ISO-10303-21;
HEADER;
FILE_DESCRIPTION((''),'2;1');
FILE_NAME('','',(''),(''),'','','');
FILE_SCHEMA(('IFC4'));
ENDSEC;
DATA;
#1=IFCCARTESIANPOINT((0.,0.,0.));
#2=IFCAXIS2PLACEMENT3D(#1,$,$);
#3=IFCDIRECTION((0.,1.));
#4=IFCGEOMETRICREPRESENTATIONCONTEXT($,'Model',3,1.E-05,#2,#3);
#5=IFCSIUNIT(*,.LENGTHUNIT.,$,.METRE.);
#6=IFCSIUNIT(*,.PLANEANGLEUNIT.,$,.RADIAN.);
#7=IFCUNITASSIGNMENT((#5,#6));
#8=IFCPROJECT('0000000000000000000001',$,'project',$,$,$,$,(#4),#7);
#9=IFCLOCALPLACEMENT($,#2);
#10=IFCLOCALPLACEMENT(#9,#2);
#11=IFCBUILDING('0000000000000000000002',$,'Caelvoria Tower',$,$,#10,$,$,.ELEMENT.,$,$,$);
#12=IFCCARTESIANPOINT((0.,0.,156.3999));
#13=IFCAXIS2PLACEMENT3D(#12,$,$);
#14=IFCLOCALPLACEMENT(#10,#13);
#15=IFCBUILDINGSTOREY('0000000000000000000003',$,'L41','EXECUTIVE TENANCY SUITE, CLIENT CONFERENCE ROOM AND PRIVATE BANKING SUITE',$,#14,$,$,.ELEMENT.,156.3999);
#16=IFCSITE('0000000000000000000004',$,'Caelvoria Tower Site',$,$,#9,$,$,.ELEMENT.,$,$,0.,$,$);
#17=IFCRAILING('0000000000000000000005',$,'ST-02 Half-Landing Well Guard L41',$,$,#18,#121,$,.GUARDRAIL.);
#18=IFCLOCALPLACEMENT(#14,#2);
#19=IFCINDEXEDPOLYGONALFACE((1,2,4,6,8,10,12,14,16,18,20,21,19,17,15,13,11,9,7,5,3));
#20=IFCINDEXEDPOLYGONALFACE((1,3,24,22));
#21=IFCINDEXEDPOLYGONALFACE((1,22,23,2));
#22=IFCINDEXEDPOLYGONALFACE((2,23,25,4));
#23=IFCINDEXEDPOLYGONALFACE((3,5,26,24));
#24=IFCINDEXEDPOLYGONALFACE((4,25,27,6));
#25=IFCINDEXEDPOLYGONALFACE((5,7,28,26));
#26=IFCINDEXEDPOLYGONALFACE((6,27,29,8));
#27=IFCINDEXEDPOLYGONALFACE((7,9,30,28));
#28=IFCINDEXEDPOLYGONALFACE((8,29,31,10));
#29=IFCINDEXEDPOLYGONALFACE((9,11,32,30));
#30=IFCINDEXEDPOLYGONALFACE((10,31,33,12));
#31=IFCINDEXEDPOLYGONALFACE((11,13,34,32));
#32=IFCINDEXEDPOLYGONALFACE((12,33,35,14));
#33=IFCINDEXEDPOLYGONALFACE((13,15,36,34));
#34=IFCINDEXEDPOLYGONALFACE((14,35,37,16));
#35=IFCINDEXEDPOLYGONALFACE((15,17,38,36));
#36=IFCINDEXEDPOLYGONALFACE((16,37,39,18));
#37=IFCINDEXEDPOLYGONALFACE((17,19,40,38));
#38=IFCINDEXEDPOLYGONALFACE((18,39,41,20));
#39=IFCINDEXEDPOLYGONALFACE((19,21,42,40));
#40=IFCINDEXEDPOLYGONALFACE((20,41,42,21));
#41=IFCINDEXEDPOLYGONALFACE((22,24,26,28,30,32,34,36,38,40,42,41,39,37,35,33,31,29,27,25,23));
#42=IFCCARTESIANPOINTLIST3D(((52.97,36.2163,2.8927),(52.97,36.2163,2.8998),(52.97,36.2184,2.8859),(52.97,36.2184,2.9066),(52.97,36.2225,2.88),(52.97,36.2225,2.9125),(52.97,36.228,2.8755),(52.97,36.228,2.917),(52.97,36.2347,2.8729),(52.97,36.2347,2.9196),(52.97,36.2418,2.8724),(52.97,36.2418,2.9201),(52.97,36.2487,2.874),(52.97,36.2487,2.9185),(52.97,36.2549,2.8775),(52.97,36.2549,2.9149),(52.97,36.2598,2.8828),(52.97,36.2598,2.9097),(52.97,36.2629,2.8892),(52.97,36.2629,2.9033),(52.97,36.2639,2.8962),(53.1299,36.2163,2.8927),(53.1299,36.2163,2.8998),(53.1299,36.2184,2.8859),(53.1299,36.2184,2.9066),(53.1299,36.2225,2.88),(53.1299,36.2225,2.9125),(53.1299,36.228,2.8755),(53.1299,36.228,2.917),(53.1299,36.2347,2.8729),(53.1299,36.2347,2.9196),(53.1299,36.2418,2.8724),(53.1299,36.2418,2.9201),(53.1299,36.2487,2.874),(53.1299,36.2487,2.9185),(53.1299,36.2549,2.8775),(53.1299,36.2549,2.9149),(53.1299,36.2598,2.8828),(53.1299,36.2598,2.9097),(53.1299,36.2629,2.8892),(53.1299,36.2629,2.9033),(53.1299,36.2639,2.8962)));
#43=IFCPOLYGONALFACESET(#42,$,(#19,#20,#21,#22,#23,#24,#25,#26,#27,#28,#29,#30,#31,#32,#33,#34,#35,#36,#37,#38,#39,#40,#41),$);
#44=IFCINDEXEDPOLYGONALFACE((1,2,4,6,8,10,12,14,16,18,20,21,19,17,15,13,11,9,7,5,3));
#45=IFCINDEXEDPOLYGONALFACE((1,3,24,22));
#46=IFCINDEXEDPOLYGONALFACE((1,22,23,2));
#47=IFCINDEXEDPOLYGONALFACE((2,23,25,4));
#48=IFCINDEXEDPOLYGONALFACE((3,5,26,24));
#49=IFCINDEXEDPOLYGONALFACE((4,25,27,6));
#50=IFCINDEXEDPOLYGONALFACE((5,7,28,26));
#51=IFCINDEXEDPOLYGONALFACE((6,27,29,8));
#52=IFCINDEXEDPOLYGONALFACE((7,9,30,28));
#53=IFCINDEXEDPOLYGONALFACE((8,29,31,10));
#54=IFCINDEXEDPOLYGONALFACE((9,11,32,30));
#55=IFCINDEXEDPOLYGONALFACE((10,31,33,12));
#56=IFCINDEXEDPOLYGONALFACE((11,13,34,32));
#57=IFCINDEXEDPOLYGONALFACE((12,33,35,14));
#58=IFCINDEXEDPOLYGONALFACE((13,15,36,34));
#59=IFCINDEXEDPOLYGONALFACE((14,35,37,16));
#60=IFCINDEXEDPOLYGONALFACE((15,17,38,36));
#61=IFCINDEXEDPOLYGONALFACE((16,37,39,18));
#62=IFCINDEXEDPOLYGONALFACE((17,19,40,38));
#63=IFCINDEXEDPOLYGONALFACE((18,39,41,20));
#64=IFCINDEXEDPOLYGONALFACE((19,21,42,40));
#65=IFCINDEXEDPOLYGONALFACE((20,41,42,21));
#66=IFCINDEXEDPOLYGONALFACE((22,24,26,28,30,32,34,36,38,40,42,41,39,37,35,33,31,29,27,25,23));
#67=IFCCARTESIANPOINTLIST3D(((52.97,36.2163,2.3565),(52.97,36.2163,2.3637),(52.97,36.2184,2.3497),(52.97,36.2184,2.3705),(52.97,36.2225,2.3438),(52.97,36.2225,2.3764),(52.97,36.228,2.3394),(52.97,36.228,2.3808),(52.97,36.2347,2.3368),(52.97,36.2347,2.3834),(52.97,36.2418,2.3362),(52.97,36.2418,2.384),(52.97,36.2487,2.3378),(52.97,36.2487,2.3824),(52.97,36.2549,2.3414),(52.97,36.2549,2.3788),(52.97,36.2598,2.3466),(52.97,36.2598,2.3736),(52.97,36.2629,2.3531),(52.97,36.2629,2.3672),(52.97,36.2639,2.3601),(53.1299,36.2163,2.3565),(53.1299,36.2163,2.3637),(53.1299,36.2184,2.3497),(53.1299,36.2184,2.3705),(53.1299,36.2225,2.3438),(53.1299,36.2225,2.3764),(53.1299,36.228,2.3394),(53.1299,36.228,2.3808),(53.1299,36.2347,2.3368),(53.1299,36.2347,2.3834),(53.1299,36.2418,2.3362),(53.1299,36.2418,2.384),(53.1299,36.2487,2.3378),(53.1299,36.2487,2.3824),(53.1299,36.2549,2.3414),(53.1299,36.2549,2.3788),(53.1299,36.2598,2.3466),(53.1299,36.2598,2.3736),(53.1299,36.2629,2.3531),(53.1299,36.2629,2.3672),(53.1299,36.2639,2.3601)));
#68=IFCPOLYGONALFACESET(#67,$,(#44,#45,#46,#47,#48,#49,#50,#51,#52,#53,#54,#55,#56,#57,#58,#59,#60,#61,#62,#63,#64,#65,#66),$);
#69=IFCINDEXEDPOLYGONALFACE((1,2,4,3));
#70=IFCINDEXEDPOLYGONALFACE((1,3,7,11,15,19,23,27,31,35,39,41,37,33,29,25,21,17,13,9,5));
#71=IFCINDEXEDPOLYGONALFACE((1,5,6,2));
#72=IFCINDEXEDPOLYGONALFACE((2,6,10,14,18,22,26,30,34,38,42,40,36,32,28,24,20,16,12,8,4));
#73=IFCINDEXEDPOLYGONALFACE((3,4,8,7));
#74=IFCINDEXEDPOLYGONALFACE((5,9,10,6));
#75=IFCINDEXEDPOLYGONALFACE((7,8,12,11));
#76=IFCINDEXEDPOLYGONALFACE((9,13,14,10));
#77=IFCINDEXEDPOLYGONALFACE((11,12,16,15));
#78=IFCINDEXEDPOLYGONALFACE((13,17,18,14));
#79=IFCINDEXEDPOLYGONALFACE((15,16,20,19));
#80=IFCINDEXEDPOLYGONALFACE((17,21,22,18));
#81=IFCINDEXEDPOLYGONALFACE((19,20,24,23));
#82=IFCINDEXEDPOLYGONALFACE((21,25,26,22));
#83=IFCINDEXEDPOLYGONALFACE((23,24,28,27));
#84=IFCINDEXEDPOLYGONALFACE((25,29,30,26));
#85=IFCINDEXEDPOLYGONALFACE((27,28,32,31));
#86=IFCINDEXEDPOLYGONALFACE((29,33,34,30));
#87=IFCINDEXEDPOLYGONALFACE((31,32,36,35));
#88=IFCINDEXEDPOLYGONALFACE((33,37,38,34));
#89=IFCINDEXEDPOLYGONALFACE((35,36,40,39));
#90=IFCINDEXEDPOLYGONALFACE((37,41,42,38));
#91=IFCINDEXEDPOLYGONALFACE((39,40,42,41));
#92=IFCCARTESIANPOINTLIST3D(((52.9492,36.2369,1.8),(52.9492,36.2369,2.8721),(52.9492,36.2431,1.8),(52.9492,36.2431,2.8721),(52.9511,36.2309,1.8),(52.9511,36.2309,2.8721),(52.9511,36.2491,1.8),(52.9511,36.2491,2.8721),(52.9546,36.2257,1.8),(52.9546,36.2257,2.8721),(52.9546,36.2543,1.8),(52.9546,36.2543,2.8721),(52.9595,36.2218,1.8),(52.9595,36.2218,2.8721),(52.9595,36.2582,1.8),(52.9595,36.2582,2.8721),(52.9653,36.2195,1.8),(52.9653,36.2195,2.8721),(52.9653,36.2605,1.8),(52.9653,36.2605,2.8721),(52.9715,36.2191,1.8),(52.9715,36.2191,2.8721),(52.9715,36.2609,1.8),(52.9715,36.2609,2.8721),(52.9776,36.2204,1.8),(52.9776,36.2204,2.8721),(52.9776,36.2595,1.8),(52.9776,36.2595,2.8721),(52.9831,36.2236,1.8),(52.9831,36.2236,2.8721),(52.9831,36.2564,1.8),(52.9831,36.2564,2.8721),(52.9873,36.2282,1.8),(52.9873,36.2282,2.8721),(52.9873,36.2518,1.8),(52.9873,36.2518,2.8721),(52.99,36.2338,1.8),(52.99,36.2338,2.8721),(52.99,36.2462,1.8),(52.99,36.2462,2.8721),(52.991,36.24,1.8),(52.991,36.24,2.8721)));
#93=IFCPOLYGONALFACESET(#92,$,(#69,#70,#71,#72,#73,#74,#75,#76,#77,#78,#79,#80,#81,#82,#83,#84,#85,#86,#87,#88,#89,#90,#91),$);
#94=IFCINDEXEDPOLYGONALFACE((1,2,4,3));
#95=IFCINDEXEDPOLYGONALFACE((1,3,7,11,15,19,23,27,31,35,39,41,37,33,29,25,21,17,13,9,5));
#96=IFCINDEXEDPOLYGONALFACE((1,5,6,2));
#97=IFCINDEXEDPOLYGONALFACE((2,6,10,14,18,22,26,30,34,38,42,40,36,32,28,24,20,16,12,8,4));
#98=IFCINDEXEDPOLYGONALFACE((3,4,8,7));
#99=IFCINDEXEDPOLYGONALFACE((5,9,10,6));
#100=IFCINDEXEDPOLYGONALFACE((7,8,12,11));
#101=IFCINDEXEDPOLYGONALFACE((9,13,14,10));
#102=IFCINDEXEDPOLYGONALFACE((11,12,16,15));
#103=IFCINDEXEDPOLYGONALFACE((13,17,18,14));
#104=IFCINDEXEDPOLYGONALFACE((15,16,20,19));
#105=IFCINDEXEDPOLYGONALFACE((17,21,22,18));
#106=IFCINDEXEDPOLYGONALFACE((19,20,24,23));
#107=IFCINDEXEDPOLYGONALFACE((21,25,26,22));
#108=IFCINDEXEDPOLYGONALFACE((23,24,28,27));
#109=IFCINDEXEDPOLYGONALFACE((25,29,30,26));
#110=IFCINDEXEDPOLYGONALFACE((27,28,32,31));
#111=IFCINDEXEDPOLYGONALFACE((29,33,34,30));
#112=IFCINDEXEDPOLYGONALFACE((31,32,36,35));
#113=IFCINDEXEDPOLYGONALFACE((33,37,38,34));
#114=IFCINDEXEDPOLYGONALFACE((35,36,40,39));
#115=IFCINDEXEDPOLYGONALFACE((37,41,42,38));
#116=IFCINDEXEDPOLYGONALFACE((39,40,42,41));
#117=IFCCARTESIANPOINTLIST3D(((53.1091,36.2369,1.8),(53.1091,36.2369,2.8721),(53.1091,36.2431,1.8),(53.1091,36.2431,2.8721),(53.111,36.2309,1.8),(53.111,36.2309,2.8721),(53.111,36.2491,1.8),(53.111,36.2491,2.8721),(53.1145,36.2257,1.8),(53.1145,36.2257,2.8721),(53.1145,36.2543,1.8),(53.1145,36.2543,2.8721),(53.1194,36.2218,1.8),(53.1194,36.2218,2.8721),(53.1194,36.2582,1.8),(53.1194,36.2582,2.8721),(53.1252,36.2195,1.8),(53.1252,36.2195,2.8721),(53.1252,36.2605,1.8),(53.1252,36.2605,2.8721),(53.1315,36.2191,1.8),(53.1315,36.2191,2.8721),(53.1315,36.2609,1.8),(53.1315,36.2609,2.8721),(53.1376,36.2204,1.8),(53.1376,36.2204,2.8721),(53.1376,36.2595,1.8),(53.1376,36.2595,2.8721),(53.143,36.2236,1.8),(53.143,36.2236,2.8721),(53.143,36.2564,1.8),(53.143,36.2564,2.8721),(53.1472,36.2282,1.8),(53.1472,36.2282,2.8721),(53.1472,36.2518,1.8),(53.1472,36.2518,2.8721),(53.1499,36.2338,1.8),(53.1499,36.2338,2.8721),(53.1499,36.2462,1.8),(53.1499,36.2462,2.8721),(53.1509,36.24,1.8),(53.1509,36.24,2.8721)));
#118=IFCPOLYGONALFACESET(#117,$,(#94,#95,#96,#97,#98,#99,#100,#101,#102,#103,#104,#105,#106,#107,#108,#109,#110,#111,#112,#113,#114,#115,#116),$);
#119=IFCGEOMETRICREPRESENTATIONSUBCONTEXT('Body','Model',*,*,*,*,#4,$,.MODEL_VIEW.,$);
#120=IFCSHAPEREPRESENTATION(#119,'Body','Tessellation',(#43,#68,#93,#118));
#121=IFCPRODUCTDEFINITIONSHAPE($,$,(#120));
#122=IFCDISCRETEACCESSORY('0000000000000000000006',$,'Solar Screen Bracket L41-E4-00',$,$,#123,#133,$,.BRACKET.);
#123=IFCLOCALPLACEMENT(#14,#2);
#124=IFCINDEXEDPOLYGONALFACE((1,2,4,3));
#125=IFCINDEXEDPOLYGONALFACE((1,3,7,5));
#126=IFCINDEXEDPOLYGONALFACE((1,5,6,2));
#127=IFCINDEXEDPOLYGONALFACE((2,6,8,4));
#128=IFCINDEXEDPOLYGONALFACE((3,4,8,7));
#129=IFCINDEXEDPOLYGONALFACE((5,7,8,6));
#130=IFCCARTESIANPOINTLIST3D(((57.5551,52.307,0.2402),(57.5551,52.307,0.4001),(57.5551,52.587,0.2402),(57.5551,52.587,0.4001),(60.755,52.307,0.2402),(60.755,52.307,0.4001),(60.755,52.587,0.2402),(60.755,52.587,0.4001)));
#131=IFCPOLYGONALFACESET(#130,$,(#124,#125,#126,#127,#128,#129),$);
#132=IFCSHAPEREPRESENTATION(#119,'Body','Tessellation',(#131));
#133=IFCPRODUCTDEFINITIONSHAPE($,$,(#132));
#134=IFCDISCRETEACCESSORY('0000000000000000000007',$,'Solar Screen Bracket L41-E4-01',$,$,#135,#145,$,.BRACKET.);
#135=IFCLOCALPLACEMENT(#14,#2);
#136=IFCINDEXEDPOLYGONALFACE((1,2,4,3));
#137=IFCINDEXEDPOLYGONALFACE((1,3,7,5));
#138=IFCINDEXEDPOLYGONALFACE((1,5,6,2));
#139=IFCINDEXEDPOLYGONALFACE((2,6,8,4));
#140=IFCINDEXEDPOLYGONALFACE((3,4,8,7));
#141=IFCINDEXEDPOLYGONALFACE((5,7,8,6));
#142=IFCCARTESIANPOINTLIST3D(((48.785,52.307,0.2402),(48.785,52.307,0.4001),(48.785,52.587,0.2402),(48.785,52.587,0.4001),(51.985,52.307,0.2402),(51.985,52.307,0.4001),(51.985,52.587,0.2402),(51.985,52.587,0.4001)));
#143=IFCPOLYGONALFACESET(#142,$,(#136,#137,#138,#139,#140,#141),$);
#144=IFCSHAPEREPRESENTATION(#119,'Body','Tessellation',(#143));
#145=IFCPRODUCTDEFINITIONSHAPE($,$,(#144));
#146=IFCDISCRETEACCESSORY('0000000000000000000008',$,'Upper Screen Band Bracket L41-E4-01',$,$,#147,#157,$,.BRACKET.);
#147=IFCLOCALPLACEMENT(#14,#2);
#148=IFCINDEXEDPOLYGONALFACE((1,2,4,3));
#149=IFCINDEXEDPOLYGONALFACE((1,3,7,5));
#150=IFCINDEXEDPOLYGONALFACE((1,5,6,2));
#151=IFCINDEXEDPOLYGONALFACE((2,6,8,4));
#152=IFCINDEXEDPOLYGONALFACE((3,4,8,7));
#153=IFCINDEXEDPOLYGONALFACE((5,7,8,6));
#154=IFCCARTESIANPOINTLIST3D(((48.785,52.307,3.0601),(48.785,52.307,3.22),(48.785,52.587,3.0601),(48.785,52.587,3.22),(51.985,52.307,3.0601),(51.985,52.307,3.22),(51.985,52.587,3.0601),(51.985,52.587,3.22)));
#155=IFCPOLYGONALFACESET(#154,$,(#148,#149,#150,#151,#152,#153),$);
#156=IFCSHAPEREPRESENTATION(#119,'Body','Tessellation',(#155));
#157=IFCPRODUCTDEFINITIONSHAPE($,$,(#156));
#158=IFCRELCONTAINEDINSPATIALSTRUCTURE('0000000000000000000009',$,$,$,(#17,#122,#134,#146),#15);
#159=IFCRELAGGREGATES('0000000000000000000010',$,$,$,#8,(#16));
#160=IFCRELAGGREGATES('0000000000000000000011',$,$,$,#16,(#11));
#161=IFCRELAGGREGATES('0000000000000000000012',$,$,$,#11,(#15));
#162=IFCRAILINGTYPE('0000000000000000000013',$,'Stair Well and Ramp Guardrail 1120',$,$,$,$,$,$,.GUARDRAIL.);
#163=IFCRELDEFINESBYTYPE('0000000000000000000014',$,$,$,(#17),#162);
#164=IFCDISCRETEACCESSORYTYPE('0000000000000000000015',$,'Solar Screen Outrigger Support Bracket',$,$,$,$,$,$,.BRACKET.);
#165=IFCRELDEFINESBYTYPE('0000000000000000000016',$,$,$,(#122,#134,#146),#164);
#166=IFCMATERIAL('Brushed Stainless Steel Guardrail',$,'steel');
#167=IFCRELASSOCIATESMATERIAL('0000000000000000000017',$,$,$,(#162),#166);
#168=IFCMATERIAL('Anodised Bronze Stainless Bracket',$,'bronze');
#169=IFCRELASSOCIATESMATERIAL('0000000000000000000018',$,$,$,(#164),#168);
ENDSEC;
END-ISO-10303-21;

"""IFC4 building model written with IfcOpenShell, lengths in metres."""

from ifc_helpers import new_model, si_unit, direction, frame, origin, origin_2d, place, context, subcontext, project, spatial, rectangle, circle, extrude, material, type_object, element, save


model = new_model("IFC4")

# Units and contexts
model_context = context("Model", 3, precision=1e-05, world=origin(), true_north=direction((0.0, 1.0)))
body_context = subcontext(model_context, "Body", "Model", "MODEL_VIEW")
ifc_project = project(units=[si_unit("LENGTHUNIT", "METRE"), si_unit("PLANEANGLEUNIT", "RADIAN")], contexts=[model_context])

# Site, building, storey
site_placement = place(None, origin())
site = spatial("IfcSite", under=ifc_project, at=site_placement, Name="Caelvoria Tower Site", CompositionType="ELEMENT", RefElevation=0.0)
building_placement = place(site_placement, origin())
building = spatial("IfcBuilding", under=site, at=building_placement, Name="Caelvoria Tower", CompositionType="ELEMENT")
storey_placement = place(building_placement, frame((0.0, 0.0, 156.3999)))
storey = spatial("IfcBuildingStorey", under=building, at=storey_placement, Name="L41", Description="EXECUTIVE TENANCY SUITE, CLIENT CONFERENCE ROOM AND PRIVATE BANKING SUITE", CompositionType="ELEMENT", Elevation=156.3999)

# Railing
ifc_material_1 = material(Name="Brushed Stainless Steel Guardrail", Category="steel")
railing_type_1 = type_object("IfcRailingType", Name="Stair Well and Ramp Guardrail 1120", PredefinedType="GUARDRAIL", material=ifc_material_1)
railing_1_placement = place(storey_placement, frame((52.97, 36.24, 1.8)))
element("IfcRailing", 1, at=railing_1_placement, inside=storey, type_object=railing_type_1, Name="ST-02 Half-Landing Well Guard L41", PredefinedType="GUARDRAIL", context=body_context, shape_type="SweptSolid", body=[
    extrude(circle(Radius=0.0239, at=origin_2d()), frame((0.0, 0.0, 1.0962), z_axis=(1.0, 0.0, 0.0), x_axis=(0.0, 1.0, 0.0)), (0.0, 0.0, 1.0), 0.1599),
    extrude(circle(Radius=0.0239, at=origin_2d()), frame((0.0, 0.0, 0.5601), z_axis=(1.0, 0.0, 0.0), x_axis=(0.0, 1.0, 0.0)), (0.0, 0.0, 1.0), 0.1599),
    extrude(circle(Radius=0.021, at=origin_2d()), origin(), (0.0, 0.0, 1.0), 1.072),
    extrude(circle(Radius=0.021, at=origin_2d()), frame((0.1599, 0.0, 0.0)), (0.0, 0.0, 1.0), 1.072),
])

# Discrete accessories
ifc_material_2 = material(Name="Anodised Bronze Stainless Bracket", Category="bronze")
discrete_accessory_type = type_object("IfcDiscreteAccessoryType", Name="Solar Screen Outrigger Support Bracket", PredefinedType="BRACKET", material=ifc_material_2)
for number, where, z_axis, x_axis, name in (
    (2, (59.155, 52.447, 0.2402), (0.0, 0.0, 1.0), (-1.0, 0.0, 0.0), "Solar Screen Bracket L41-E4-00"),
    (3, (50.385, 52.447, 0.2402), (0.0, 0.0, 1.0), (-1.0, 0.0, 0.0), "Solar Screen Bracket L41-E4-01"),
    (4, (50.385, 52.447, 3.0601), (0.0, 0.0, 1.0), (-1.0, 0.0, 0.0), "Upper Screen Band Bracket L41-E4-01"),
):
    element("IfcDiscreteAccessory", number, at=place(storey_placement, frame(where, z_axis=z_axis, x_axis=x_axis)), inside=storey, type_object=discrete_accessory_type, Name=name, PredefinedType="BRACKET", context=body_context, shape_type="SweptSolid", body=[
        extrude(rectangle(XDim=3.2, YDim=0.28, at=origin_2d()), origin(), (0.0, 0.0, 1.0), 0.1599),
    ])

save(model, "model.ifc")
